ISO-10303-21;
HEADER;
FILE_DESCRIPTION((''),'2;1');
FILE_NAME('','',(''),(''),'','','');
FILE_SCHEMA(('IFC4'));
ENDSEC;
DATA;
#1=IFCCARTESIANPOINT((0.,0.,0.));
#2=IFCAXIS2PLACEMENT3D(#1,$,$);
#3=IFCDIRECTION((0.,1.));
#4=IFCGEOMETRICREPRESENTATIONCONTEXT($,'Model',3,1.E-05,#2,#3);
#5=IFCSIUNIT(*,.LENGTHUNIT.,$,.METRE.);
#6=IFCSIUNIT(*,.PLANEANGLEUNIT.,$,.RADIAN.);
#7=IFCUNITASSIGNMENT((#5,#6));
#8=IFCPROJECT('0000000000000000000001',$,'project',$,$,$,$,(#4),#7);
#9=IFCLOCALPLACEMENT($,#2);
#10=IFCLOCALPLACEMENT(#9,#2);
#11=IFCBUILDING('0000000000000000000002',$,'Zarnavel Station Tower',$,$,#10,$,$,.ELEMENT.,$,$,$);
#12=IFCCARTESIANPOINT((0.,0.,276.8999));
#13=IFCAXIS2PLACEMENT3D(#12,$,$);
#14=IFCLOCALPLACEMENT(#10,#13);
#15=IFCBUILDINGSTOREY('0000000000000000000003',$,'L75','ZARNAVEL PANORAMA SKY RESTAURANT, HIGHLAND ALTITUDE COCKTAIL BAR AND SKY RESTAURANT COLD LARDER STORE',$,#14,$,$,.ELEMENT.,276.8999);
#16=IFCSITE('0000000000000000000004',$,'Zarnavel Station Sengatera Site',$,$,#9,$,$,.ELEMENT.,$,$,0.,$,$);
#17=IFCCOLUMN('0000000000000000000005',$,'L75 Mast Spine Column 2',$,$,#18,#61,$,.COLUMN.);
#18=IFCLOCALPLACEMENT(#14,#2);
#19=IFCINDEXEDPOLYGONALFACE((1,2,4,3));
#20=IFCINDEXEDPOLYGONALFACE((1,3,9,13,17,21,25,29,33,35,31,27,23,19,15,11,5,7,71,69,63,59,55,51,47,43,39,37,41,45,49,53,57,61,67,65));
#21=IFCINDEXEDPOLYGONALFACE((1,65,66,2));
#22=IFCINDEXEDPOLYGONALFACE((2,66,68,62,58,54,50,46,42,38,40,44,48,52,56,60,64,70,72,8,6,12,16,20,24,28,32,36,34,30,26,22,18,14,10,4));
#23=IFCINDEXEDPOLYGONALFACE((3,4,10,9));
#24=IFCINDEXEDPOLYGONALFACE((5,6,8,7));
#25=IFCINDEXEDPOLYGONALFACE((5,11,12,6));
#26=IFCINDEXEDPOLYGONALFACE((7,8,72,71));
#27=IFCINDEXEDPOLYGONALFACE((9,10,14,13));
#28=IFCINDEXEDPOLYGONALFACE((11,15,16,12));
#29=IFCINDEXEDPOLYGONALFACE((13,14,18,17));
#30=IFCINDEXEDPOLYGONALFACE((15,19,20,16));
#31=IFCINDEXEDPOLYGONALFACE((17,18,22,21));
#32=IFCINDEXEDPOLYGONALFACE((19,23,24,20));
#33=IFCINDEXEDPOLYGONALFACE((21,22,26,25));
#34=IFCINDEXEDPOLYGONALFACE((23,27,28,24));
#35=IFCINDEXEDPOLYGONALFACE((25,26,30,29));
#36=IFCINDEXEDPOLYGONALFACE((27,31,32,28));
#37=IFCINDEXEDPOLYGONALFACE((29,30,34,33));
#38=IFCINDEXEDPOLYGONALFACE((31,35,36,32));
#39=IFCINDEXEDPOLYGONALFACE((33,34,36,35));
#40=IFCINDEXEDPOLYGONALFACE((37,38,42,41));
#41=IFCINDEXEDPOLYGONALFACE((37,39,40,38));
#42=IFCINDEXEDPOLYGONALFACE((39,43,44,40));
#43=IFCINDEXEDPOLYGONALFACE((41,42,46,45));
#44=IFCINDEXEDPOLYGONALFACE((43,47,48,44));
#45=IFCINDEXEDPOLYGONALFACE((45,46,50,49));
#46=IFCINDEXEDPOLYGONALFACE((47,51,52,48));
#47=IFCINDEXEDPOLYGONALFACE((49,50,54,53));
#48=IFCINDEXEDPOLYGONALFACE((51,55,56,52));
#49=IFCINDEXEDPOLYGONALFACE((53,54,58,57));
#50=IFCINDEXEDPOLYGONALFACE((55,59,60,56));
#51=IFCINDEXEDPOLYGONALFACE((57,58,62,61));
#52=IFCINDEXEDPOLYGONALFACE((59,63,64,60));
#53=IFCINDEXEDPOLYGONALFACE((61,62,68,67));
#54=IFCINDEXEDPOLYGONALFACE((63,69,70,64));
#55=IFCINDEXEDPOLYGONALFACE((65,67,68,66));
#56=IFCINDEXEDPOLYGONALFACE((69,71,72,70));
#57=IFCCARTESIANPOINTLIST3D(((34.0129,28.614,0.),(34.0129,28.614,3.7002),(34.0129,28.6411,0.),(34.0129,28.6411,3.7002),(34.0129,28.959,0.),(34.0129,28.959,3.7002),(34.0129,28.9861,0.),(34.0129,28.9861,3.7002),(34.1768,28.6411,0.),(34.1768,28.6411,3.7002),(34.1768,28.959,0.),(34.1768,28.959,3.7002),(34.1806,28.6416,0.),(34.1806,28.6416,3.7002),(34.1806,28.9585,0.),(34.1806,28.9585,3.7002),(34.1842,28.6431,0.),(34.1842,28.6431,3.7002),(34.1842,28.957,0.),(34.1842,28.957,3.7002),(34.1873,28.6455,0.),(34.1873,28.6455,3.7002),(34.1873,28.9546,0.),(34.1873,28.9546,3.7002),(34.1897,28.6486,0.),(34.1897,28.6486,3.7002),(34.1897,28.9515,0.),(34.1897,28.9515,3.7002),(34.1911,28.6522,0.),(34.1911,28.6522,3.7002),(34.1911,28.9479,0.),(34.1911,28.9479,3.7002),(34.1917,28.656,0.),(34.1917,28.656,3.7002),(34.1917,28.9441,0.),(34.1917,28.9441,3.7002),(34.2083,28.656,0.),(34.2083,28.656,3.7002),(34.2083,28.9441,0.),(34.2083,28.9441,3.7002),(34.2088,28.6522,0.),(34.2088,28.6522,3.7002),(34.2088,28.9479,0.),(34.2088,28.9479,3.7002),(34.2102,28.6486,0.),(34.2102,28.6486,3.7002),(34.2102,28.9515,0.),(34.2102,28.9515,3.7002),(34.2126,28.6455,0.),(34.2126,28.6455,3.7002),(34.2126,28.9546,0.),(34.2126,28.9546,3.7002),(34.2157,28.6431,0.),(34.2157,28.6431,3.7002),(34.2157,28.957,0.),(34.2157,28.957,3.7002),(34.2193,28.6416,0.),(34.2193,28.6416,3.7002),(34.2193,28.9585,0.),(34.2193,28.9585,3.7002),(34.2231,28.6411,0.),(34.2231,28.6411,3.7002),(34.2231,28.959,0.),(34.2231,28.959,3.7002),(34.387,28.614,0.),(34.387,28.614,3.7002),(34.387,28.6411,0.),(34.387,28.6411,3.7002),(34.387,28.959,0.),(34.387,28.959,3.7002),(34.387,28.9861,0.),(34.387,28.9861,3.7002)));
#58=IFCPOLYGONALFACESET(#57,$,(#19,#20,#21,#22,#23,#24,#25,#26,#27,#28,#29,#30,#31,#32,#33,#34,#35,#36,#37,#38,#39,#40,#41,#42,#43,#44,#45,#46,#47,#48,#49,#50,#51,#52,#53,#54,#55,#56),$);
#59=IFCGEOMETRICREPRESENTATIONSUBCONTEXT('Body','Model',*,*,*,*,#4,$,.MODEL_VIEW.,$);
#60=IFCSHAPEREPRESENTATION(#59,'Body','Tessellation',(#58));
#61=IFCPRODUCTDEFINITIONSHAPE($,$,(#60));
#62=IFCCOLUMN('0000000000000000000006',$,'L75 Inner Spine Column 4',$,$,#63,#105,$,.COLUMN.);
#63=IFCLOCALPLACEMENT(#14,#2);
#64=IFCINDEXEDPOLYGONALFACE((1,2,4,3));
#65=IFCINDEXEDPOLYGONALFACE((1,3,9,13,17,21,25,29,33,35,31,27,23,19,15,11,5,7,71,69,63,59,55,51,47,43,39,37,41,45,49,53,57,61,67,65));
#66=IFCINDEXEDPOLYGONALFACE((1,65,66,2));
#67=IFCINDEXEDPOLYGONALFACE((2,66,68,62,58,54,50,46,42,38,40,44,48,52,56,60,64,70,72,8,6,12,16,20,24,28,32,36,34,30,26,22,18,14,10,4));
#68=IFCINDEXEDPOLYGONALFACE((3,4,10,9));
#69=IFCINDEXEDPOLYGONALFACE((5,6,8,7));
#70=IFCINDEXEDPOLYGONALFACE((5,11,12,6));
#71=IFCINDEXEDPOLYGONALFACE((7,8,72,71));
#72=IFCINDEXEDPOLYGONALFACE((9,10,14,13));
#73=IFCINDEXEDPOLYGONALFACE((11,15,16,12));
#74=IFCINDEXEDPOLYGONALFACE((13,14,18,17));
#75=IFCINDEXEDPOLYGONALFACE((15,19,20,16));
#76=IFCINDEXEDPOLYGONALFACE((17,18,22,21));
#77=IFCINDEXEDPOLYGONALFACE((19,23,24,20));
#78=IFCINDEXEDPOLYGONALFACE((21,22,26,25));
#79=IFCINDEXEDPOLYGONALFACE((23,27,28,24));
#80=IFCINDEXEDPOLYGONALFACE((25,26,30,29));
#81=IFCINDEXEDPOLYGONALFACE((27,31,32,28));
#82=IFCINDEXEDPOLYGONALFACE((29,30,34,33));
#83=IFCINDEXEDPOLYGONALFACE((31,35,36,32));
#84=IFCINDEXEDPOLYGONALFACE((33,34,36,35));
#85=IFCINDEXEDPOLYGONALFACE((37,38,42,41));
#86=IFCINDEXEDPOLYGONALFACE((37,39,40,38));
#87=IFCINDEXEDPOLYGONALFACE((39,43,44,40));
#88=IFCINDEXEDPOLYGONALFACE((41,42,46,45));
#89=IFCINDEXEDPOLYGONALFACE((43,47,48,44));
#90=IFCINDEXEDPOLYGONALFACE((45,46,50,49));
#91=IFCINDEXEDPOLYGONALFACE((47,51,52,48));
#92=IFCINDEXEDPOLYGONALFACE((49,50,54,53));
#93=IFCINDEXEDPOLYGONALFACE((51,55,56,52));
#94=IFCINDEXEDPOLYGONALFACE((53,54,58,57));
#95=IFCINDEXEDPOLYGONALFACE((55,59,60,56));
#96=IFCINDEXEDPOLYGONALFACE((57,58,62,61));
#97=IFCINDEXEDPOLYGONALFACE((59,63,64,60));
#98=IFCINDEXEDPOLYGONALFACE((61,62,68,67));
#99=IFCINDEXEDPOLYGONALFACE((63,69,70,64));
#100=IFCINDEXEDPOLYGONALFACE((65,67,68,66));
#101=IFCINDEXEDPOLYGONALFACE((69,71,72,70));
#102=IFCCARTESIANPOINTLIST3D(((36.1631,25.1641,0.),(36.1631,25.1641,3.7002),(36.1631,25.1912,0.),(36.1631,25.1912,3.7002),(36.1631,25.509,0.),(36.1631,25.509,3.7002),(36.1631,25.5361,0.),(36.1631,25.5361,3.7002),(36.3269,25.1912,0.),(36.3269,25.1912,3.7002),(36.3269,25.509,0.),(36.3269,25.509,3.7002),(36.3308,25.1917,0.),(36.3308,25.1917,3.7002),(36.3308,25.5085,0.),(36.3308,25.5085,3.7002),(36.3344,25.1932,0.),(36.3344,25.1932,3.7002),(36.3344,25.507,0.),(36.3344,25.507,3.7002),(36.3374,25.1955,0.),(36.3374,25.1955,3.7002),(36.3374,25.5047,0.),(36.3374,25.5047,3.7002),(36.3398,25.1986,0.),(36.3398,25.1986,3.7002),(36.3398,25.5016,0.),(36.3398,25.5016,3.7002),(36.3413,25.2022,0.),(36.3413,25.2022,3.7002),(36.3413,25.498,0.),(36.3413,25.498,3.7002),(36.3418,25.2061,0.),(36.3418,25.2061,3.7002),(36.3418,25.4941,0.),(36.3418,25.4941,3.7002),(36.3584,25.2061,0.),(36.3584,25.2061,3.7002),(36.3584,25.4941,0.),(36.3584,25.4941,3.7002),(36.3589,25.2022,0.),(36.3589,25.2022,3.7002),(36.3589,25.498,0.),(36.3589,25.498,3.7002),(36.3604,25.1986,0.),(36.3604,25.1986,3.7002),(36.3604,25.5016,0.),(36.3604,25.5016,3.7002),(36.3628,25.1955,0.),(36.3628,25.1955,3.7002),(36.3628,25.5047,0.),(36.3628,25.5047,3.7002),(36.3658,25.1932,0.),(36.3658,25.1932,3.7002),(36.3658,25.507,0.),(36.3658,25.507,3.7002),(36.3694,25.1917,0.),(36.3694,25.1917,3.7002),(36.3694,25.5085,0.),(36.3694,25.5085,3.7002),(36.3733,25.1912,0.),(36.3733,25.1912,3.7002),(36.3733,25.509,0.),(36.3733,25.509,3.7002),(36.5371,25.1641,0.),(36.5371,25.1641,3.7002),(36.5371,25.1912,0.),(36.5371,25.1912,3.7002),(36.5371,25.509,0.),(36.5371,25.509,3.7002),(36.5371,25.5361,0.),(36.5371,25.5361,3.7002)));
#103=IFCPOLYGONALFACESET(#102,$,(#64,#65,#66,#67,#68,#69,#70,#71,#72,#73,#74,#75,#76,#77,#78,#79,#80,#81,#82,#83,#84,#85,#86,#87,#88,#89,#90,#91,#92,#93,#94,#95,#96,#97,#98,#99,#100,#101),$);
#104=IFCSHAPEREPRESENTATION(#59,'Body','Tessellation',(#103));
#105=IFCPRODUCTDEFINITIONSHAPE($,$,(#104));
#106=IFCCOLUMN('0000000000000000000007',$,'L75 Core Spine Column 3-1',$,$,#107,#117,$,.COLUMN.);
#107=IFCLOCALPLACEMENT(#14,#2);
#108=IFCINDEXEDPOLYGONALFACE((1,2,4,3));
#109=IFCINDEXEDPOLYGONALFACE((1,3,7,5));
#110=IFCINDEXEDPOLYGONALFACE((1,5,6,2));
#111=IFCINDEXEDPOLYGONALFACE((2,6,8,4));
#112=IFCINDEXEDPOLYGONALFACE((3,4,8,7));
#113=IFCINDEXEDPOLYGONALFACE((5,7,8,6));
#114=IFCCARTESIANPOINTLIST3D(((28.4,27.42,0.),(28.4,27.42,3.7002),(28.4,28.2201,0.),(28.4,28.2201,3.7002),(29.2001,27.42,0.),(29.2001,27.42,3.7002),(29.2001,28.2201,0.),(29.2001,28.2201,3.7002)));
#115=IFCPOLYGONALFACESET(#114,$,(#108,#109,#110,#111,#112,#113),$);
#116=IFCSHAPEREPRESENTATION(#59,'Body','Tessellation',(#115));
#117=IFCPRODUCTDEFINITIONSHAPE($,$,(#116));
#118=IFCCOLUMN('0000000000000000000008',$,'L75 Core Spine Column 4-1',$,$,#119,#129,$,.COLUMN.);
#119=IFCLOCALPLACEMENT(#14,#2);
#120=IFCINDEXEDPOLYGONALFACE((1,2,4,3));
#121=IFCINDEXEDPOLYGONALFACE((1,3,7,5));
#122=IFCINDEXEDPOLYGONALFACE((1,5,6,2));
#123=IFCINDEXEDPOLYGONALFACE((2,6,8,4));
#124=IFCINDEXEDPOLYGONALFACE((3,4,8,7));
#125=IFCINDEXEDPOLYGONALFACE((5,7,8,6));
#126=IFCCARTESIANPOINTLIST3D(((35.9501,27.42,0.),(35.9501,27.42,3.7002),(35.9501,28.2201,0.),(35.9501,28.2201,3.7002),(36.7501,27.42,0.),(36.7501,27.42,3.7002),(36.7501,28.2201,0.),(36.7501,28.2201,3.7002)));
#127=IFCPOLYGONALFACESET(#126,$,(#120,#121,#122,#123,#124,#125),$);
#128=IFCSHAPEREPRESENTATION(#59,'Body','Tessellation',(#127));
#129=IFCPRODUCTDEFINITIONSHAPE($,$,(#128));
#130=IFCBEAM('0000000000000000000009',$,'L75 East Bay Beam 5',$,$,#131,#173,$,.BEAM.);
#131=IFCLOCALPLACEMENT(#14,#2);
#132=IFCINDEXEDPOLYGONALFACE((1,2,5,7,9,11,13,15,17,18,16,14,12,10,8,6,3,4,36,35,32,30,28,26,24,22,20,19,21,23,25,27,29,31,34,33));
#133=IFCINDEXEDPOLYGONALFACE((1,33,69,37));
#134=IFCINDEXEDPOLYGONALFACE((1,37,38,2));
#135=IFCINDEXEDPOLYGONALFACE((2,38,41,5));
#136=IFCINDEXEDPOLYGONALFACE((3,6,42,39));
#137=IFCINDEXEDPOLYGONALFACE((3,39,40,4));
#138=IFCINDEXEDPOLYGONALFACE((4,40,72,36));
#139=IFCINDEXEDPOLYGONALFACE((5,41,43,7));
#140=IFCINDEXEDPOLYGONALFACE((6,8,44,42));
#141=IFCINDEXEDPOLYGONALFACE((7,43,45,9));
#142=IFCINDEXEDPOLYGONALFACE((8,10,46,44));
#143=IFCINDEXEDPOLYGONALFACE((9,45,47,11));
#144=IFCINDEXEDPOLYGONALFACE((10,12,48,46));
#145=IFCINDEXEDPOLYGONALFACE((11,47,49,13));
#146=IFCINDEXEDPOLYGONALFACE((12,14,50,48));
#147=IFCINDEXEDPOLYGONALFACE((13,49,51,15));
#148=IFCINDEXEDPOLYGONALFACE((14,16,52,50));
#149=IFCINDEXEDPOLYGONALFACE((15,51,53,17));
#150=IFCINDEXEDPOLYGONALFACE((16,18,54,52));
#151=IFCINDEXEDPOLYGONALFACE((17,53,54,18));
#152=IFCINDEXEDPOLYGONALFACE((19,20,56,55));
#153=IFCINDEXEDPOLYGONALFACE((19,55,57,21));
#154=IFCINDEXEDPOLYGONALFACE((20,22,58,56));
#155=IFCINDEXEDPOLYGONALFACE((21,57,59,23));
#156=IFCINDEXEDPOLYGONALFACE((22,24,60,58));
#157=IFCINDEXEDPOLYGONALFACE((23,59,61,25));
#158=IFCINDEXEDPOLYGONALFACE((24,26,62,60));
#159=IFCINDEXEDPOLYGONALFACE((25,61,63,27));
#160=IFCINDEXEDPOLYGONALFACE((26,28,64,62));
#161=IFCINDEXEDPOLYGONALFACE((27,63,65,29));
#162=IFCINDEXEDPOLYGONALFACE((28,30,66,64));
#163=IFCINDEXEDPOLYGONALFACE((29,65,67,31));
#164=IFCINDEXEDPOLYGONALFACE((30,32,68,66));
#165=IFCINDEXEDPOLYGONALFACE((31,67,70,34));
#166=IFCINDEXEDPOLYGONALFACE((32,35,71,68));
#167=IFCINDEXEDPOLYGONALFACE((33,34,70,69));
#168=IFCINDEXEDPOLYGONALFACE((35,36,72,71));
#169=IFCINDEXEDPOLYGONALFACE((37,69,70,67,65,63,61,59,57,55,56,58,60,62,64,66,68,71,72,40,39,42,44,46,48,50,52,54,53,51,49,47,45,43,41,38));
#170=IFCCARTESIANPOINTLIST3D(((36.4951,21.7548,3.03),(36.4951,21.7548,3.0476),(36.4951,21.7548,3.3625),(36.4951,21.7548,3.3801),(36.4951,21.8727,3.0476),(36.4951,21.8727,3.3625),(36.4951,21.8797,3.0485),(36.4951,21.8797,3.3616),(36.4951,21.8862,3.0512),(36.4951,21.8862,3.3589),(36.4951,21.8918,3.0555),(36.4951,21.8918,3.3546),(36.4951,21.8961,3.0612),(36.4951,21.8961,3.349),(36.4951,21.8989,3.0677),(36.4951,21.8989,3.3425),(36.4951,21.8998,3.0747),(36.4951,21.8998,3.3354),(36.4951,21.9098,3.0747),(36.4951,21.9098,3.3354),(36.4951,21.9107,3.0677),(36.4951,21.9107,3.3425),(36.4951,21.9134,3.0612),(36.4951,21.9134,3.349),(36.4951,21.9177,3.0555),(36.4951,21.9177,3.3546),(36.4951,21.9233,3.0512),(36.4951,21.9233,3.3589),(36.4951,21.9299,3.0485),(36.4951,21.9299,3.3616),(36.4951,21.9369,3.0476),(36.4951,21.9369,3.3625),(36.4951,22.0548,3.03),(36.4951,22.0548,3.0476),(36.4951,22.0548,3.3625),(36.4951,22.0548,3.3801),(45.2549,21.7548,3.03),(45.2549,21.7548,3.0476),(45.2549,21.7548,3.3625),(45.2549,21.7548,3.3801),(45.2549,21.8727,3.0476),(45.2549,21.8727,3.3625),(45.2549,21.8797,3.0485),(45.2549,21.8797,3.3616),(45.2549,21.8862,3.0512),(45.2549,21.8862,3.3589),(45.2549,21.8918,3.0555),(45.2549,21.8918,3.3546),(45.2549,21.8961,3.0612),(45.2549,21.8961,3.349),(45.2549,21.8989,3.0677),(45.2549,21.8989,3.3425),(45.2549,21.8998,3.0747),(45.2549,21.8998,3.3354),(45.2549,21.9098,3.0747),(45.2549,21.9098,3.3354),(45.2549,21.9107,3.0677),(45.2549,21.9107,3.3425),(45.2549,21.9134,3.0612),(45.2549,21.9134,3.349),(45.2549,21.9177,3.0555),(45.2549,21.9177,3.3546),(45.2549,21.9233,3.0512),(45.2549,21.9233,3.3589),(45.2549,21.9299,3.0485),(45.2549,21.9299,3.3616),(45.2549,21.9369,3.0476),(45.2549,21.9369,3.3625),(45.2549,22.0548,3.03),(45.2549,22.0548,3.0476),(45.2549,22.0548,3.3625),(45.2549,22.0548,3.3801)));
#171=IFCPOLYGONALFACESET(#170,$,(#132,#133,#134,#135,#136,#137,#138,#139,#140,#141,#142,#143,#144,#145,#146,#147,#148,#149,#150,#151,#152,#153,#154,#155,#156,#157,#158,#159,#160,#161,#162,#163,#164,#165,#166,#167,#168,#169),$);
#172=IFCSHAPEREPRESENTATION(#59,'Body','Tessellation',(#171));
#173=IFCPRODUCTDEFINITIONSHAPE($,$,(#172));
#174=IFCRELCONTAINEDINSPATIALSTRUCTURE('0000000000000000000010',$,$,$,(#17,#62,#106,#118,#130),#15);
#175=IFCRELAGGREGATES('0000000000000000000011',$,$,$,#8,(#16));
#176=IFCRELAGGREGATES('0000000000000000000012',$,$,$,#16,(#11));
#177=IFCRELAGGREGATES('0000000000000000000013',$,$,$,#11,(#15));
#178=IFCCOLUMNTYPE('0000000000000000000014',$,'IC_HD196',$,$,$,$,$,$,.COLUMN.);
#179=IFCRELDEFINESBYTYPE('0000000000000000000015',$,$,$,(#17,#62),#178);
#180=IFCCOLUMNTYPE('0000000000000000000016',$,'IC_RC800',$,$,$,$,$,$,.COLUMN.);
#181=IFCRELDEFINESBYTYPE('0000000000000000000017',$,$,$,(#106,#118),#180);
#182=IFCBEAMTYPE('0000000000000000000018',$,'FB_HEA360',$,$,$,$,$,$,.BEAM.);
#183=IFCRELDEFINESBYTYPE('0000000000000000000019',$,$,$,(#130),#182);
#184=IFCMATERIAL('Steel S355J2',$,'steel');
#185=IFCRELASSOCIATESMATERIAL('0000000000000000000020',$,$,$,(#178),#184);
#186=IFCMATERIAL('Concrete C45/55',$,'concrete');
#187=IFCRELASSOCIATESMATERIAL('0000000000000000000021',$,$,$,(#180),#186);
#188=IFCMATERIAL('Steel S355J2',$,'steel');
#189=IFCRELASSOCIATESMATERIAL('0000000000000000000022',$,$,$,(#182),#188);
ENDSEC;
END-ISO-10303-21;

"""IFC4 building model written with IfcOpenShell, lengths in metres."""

from ifc_helpers import new_model, si_unit, direction, frame, origin, origin_2d, place, context, subcontext, project, spatial, rectangle, i_section, extrude, material, material_profile, profile_set, type_object, element, save


model = new_model("IFC4")

# Units and contexts
model_context = context("Model", 3, precision=1e-05, world=origin(), true_north=direction((0.0, 1.0)))
body_context = subcontext(model_context, "Body", "Model", "MODEL_VIEW")
ifc_project = project(units=[si_unit("LENGTHUNIT", "METRE"), si_unit("PLANEANGLEUNIT", "RADIAN")], contexts=[model_context])

# Site, building, storey
site_placement = place(None, origin())
site = spatial("IfcSite", under=ifc_project, at=site_placement, Name="Zarnavel Station Sengatera Site", CompositionType="ELEMENT", RefElevation=0.0)
building_placement = place(site_placement, origin())
building = spatial("IfcBuilding", under=site, at=building_placement, Name="Zarnavel Station Tower", CompositionType="ELEMENT")
storey_placement = place(building_placement, frame((0.0, 0.0, 276.8999)))
storey = spatial("IfcBuildingStorey", under=building, at=storey_placement, Name="L75", Description="ZARNAVEL PANORAMA SKY RESTAURANT, HIGHLAND ALTITUDE COCKTAIL BAR AND SKY RESTAURANT COLD LARDER STORE", CompositionType="ELEMENT", Elevation=276.8999)

# Columns
ifc_material_1 = material(Name="Steel S355J2", Category="steel")
ifc_material_profile_1 = material_profile(ifc_material_1, i_section(OverallWidth=0.374, OverallDepth=0.3721, WebThickness=0.0166, FlangeThickness=0.0271, FilletRadius=0.0149, at=origin_2d()), Name="HD360x196")
ifc_profile_set_1 = profile_set([ifc_material_profile_1], Name="Steel S355J2")
column_type_1 = type_object("IfcColumnType", Name="IC_HD196", PredefinedType="COLUMN", material=ifc_profile_set_1)
for number, where, z_axis, x_axis, name in (
    (1, (34.2, 28.8, 0.0), (0.0, 0.0, 1.0), (1.0, 0.0, 0.0), "L75 Mast Spine Column 2"),
    (2, (36.3501, 25.3501, 0.0), (0.0, 0.0, 1.0), (1.0, 0.0, 0.0), "L75 Inner Spine Column 4"),
):
    element("IfcColumn", number, at=place(storey_placement, frame(where, z_axis=z_axis, x_axis=x_axis)), inside=storey, type_object=column_type_1, Name=name, PredefinedType="COLUMN", context=body_context, shape_type="SweptSolid", body=[
        extrude(i_section(OverallWidth=0.374, OverallDepth=0.3721, WebThickness=0.0166, FlangeThickness=0.0271, FilletRadius=0.0149, at=origin_2d()), origin(), (0.0, 0.0, 1.0), 3.7002),
    ])
ifc_material_2 = material(Name="Concrete C45/55", Category="concrete")
ifc_material_profile_2 = material_profile(ifc_material_2, rectangle(XDim=0.8, YDim=0.8, at=origin_2d()), Name="RC800x800")
ifc_profile_set_2 = profile_set([ifc_material_profile_2], Name="Concrete C45/55")
column_type_2 = type_object("IfcColumnType", Name="IC_RC800", PredefinedType="COLUMN", material=ifc_profile_set_2)
for number, where, z_axis, x_axis, name in (
    (3, (28.8, 27.8201, 0.0), (0.0, 0.0, 1.0), (1.0, 0.0, 0.0), "L75 Core Spine Column 3-1"),
    (4, (36.3501, 27.8201, 0.0), (0.0, 0.0, 1.0), (1.0, 0.0, 0.0), "L75 Core Spine Column 4-1"),
):
    element("IfcColumn", number, at=place(storey_placement, frame(where, z_axis=z_axis, x_axis=x_axis)), inside=storey, type_object=column_type_2, Name=name, PredefinedType="COLUMN", context=body_context, shape_type="SweptSolid", body=[
        extrude(rectangle(XDim=0.8, YDim=0.8, at=origin_2d()), origin(), (0.0, 0.0, 1.0), 3.7002),
    ])

# Beam
ifc_material_3 = material(Name="Steel S355J2", Category="steel")
ifc_material_profile_3 = material_profile(ifc_material_3, i_section(OverallWidth=0.3, OverallDepth=0.3501, WebThickness=0.01, FlangeThickness=0.0176, FilletRadius=0.0271, at=origin_2d()), Name="HEA360")
ifc_profile_set_3 = profile_set([ifc_material_profile_3], Name="Steel S355J2")
beam_type_1 = type_object("IfcBeamType", Name="FB_HEA360", PredefinedType="BEAM", material=ifc_profile_set_3)
beam_1_placement = place(storey_placement, frame((36.4951, 21.9048, 3.2051), z_axis=(1.0, 0.0, 0.0), x_axis=(0.0, 1.0, 0.0)))
element("IfcBeam", 5, at=beam_1_placement, inside=storey, type_object=beam_type_1, Name="L75 East Bay Beam 5", PredefinedType="BEAM", context=body_context, shape_type="SweptSolid", body=[
    extrude(i_section(OverallWidth=0.3, OverallDepth=0.3501, WebThickness=0.01, FlangeThickness=0.0176, FilletRadius=0.0271, at=origin_2d()), origin(), (0.0, 0.0, 1.0), 8.7598),
])

save(model, "model.ifc")
